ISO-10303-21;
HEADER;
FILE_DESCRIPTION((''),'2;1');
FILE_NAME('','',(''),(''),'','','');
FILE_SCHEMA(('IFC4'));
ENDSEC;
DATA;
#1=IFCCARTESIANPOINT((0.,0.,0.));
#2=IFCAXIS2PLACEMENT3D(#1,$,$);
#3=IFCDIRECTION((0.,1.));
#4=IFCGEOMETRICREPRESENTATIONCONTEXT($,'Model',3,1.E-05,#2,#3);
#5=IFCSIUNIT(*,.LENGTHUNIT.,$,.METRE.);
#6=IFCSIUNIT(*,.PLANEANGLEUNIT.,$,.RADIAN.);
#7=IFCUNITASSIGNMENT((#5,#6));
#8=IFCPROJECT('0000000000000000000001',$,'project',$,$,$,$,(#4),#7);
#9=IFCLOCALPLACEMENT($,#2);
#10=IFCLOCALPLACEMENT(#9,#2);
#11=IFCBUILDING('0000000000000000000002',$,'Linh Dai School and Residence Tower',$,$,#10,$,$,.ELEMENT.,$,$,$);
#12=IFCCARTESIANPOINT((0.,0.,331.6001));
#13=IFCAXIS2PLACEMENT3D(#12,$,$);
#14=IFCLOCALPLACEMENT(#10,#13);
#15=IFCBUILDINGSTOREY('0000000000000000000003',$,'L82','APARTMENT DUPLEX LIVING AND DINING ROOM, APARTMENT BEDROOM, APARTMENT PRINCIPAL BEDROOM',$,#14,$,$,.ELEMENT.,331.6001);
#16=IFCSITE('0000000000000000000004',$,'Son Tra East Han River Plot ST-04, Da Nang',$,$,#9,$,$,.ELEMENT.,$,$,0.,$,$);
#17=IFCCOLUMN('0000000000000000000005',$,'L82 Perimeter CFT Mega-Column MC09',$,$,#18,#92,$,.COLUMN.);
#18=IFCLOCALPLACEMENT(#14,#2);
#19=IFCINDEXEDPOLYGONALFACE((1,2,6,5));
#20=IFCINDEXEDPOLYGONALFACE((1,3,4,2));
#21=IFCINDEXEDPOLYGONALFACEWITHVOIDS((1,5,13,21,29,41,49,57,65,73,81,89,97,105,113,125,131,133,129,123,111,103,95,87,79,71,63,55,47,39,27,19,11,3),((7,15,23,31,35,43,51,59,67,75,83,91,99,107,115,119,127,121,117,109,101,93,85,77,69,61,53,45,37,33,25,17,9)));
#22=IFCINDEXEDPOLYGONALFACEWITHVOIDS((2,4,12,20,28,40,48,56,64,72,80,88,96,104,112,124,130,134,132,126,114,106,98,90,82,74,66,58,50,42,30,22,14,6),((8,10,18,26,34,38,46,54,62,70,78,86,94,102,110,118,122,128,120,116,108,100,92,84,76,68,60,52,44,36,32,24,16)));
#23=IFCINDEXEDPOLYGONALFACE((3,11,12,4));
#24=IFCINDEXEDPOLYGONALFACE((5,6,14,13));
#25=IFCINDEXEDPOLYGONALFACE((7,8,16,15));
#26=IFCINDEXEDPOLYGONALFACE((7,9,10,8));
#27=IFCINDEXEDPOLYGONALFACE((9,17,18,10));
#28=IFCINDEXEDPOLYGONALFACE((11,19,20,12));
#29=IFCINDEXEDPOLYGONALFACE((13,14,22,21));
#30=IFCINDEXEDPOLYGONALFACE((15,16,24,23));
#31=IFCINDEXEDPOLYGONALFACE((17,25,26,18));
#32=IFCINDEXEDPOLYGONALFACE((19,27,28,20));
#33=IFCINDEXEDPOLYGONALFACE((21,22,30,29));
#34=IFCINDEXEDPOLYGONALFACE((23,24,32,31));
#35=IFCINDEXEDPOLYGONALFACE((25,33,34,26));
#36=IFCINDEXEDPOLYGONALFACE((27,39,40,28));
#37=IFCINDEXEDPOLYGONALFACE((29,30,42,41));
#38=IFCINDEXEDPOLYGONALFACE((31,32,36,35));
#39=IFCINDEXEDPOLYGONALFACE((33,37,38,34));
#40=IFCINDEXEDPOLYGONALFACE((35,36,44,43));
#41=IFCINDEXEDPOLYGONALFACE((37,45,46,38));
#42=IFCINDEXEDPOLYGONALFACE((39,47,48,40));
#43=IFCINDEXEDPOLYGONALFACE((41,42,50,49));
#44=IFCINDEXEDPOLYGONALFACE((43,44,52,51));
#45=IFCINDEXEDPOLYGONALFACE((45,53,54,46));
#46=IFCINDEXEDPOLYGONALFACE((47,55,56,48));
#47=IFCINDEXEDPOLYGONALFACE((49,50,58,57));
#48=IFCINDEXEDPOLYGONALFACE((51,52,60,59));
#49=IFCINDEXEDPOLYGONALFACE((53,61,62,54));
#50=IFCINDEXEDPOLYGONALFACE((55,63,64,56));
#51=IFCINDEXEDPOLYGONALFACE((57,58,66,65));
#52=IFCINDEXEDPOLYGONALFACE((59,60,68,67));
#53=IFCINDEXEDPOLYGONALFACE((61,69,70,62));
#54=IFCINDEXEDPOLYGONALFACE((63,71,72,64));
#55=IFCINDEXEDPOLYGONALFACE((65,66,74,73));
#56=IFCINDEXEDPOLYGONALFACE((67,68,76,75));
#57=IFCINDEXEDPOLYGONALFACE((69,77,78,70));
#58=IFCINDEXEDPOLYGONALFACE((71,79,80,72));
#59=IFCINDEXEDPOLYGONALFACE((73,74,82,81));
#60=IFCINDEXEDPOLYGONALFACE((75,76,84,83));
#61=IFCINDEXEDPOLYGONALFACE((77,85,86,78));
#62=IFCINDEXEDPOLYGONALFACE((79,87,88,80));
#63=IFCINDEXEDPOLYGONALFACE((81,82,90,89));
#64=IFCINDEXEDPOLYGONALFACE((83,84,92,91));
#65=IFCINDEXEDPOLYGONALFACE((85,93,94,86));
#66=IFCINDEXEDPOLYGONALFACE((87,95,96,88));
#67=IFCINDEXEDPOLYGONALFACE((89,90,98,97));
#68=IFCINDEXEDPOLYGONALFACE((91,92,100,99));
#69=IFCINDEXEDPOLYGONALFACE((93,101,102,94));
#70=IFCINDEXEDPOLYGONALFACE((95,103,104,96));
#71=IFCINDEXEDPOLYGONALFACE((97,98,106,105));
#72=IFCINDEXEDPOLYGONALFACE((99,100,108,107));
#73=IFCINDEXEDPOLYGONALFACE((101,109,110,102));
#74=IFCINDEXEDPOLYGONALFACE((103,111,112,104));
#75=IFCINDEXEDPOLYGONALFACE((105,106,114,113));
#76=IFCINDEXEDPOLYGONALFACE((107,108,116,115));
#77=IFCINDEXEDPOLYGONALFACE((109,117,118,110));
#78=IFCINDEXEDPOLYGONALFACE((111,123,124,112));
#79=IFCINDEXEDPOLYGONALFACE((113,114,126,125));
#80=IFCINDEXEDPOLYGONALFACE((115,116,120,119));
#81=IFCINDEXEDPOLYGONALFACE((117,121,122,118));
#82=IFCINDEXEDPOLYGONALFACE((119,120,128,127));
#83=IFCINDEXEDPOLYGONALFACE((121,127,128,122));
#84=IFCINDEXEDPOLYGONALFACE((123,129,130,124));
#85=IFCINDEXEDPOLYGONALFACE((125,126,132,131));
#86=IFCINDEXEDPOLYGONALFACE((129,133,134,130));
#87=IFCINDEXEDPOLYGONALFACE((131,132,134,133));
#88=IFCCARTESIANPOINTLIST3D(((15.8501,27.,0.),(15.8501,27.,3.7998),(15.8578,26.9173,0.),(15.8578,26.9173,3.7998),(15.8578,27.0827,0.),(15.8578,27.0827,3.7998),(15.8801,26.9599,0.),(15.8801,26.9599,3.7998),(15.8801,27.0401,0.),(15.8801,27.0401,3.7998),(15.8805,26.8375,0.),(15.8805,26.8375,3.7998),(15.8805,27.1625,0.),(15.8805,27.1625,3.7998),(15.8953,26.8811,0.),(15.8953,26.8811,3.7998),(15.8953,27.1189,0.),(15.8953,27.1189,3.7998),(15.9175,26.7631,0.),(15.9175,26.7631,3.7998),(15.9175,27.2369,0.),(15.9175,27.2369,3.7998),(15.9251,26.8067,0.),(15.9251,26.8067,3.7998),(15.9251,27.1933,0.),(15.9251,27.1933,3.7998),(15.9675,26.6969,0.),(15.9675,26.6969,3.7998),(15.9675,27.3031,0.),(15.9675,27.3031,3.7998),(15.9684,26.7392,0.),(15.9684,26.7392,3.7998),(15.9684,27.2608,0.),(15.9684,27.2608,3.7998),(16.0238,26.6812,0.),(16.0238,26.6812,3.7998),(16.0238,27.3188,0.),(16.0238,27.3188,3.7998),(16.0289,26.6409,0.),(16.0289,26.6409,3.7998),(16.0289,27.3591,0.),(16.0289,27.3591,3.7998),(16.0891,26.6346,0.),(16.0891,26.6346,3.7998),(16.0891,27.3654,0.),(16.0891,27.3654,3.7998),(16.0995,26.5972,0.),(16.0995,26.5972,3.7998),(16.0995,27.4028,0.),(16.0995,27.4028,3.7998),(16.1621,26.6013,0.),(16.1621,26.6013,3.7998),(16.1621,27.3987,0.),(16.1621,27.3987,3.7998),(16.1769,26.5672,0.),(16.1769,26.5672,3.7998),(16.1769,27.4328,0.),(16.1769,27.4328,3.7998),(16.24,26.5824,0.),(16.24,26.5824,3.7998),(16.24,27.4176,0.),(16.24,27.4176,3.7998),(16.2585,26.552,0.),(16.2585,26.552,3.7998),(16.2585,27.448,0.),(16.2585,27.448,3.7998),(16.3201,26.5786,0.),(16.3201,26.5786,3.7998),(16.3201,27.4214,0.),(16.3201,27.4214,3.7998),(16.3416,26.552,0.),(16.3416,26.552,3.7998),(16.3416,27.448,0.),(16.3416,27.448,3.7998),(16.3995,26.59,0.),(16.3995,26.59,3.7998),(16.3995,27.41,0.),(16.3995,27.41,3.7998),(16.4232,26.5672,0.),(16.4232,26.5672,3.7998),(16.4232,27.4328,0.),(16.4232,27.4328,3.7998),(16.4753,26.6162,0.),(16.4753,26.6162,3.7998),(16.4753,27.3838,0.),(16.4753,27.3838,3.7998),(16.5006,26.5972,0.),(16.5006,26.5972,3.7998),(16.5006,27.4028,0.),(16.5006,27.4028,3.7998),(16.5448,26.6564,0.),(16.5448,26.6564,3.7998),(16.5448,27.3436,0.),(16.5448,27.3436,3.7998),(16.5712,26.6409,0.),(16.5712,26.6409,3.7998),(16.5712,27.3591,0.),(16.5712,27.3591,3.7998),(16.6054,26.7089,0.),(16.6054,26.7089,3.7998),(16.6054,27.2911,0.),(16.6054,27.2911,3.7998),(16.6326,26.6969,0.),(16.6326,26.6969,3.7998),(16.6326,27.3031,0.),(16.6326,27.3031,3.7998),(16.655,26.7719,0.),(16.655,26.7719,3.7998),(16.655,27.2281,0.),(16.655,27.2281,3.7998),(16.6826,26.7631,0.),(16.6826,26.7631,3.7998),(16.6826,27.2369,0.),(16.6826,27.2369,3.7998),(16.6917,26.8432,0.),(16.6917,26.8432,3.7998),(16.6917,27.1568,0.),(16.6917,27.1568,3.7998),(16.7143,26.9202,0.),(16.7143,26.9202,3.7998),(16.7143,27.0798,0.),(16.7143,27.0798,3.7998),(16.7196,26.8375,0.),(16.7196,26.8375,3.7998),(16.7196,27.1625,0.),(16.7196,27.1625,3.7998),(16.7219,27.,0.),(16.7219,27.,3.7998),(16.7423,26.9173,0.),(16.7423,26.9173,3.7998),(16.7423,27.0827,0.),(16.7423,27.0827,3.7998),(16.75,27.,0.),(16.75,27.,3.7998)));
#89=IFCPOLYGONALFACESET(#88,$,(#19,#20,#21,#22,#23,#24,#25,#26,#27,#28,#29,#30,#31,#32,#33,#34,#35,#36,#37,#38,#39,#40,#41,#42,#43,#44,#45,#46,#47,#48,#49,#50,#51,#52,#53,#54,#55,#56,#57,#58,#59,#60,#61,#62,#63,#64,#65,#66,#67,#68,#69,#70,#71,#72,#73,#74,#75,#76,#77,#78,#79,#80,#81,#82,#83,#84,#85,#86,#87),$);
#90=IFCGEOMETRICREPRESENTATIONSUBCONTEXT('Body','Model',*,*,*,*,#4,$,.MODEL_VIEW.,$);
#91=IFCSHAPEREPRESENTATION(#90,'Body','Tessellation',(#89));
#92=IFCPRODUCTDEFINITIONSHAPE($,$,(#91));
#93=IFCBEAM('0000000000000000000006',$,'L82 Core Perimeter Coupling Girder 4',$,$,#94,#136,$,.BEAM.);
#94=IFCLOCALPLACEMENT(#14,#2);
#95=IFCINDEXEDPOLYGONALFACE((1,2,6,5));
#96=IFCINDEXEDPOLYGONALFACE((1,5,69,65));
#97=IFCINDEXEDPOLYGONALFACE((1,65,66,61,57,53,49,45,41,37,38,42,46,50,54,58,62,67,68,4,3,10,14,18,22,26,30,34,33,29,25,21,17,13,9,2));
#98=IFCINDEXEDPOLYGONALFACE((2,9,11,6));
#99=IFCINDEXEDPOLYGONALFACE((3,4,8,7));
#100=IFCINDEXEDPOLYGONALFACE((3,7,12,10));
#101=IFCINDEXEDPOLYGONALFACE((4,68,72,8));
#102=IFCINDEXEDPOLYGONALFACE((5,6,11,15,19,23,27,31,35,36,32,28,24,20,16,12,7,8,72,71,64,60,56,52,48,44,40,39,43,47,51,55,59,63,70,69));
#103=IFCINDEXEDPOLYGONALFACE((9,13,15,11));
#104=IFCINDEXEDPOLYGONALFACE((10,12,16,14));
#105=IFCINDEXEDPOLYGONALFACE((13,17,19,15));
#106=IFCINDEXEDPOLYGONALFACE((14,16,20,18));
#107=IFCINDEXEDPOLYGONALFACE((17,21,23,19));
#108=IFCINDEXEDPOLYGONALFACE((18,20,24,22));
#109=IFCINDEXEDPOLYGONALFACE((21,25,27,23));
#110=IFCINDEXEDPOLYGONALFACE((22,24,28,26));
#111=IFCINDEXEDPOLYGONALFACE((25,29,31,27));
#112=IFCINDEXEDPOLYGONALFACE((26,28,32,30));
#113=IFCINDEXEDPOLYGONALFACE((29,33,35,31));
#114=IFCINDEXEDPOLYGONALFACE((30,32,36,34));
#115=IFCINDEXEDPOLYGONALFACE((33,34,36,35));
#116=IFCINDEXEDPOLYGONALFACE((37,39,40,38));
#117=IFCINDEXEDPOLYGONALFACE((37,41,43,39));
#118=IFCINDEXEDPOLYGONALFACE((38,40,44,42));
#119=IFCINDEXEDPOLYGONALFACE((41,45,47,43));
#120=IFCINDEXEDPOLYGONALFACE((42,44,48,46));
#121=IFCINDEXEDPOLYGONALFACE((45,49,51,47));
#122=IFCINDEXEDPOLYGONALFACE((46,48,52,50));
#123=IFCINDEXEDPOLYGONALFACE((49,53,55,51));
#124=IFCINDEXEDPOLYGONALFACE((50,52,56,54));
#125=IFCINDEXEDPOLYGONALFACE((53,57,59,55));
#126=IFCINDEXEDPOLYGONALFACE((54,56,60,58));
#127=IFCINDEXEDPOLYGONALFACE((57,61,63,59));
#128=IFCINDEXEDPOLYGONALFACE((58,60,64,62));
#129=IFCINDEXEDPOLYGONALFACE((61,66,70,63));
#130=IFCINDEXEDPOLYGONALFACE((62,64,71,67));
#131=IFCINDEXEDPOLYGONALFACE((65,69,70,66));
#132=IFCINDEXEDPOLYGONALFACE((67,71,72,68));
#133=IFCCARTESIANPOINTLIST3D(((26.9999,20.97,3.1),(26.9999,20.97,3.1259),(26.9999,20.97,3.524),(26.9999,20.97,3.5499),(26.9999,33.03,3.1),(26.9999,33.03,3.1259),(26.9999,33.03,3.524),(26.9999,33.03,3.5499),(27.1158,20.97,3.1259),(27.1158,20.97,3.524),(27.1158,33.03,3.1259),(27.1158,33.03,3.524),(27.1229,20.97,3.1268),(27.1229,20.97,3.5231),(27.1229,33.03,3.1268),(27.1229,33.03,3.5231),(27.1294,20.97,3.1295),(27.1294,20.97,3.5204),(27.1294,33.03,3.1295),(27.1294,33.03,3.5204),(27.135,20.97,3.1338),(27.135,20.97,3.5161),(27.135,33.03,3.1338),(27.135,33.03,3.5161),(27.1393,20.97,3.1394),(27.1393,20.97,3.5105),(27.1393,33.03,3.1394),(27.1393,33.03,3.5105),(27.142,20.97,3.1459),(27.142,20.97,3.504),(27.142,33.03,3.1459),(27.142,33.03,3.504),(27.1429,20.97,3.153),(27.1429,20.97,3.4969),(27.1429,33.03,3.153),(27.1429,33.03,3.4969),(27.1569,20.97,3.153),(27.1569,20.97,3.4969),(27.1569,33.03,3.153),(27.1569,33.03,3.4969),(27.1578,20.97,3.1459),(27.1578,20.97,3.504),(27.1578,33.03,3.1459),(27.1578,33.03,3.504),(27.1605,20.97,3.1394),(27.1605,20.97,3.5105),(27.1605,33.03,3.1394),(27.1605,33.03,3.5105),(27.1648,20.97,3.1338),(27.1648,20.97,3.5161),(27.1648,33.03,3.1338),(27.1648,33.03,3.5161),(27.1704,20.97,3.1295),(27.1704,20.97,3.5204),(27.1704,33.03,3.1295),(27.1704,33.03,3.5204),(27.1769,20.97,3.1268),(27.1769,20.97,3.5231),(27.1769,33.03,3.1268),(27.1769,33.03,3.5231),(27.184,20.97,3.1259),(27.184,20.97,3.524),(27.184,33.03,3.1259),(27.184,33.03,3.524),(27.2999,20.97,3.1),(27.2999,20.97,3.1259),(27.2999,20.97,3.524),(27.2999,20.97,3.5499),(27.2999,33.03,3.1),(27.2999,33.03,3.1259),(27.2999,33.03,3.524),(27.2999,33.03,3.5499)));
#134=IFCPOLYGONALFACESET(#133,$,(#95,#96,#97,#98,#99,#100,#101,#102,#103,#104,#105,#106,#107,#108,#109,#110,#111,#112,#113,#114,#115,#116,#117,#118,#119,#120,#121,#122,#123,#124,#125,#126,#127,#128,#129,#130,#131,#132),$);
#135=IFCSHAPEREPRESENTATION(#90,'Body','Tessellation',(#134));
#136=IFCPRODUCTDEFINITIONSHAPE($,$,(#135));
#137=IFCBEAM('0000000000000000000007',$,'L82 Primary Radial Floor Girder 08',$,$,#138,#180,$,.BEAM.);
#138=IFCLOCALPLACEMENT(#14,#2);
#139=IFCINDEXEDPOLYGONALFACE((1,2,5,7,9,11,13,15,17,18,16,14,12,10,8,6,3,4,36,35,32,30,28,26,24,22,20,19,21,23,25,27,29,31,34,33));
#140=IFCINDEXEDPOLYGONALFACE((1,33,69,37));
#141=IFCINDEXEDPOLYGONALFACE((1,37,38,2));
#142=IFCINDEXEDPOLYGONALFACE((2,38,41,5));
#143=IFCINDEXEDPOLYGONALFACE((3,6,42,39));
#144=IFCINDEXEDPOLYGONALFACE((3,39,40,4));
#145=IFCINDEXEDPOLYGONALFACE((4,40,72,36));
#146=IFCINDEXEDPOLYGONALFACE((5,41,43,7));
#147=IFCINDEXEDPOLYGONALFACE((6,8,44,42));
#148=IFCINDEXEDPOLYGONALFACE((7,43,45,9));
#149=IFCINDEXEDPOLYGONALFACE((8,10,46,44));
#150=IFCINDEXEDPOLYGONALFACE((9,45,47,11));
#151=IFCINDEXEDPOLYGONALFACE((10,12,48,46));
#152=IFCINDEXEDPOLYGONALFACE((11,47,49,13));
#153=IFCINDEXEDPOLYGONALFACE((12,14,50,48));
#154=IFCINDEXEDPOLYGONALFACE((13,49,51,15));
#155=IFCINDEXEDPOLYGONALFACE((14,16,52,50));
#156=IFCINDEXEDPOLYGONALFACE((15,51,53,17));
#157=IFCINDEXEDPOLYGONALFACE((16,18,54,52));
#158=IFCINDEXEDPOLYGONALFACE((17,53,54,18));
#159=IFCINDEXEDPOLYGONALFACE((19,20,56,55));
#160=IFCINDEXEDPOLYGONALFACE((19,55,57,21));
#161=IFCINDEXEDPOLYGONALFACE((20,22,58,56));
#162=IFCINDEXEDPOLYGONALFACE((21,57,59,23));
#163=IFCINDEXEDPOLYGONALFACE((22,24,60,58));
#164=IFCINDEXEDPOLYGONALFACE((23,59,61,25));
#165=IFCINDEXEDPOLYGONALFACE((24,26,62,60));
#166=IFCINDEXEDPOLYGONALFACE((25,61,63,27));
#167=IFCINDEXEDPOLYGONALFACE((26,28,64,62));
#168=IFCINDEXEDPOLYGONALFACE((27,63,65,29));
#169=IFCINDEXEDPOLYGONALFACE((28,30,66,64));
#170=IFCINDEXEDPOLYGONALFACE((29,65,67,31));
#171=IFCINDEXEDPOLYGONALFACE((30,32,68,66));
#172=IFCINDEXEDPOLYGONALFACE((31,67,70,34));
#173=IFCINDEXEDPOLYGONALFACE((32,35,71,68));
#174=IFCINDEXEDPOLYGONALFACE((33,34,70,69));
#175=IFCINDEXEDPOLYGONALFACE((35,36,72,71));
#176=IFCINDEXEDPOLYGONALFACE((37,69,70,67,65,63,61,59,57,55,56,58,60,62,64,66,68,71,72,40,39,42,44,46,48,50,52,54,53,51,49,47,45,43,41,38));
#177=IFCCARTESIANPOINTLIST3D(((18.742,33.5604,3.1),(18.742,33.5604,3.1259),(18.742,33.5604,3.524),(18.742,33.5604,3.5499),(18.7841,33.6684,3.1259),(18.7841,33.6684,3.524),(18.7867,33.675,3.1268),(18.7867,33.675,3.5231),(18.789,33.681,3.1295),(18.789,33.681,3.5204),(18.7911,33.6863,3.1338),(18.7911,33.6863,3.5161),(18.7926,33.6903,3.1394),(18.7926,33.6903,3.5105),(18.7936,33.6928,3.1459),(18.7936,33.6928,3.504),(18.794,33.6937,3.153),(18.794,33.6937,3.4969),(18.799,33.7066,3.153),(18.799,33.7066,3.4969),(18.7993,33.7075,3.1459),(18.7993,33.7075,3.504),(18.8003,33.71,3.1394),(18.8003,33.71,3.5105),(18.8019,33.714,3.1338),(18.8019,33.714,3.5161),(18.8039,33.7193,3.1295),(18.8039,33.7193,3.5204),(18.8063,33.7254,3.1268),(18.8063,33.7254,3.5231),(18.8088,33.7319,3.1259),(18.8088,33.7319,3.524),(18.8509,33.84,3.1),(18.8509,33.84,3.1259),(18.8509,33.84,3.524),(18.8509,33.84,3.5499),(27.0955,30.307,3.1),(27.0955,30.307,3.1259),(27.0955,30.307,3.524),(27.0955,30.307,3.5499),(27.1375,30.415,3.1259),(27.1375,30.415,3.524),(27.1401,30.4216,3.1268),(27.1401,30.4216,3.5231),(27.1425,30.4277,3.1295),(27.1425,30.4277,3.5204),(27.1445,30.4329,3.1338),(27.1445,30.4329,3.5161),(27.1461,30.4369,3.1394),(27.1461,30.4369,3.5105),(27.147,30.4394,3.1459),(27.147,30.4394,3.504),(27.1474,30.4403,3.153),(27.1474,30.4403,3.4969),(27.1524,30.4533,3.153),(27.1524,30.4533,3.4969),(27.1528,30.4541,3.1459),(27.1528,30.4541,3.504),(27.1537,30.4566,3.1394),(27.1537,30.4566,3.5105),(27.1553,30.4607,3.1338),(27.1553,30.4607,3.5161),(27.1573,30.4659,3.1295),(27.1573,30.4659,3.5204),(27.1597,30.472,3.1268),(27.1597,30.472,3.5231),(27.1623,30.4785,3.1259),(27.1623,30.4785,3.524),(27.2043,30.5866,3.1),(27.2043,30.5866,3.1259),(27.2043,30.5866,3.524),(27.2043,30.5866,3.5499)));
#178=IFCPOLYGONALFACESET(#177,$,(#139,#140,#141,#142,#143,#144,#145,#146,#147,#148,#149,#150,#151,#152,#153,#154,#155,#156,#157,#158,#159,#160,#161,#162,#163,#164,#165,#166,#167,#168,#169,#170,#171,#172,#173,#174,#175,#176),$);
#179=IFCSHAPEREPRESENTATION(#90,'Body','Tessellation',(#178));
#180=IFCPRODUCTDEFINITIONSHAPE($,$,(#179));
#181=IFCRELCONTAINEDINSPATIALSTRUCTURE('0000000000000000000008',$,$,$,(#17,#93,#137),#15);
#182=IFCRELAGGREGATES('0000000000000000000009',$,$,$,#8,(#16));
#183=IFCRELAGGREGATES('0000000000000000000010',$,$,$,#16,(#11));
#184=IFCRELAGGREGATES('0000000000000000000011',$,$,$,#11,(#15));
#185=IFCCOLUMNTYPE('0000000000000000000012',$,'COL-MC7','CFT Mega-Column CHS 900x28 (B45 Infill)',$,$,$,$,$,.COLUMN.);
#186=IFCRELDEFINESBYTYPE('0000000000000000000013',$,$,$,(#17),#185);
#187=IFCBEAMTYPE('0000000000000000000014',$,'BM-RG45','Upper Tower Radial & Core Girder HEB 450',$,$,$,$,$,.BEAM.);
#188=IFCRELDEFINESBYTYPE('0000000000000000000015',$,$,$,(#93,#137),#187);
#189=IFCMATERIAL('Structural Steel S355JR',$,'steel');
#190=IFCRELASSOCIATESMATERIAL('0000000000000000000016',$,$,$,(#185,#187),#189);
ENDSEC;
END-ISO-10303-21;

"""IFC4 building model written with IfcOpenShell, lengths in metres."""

from ifc_helpers import new_model, si_unit, direction, frame, origin, origin_2d, place, context, subcontext, project, spatial, hollow_circle, i_section, extrude, material, material_profile, profile_set, type_object, element, save


model = new_model("IFC4")

# Units and contexts
model_context = context("Model", 3, precision=1e-05, world=origin(), true_north=direction((0.0, 1.0)))
body_context = subcontext(model_context, "Body", "Model", "MODEL_VIEW")
ifc_project = project(units=[si_unit("LENGTHUNIT", "METRE"), si_unit("PLANEANGLEUNIT", "RADIAN")], contexts=[model_context])

# Site, building, storey
site_placement = place(None, origin())
site = spatial("IfcSite", under=ifc_project, at=site_placement, Name="Son Tra East Han River Plot ST-04, Da Nang", CompositionType="ELEMENT", RefElevation=0.0)
building_placement = place(site_placement, origin())
building = spatial("IfcBuilding", under=site, at=building_placement, Name="Linh Dai School and Residence Tower", CompositionType="ELEMENT")
storey_placement = place(building_placement, frame((0.0, 0.0, 331.6001)))
storey = spatial("IfcBuildingStorey", under=building, at=storey_placement, Name="L82", Description="APARTMENT DUPLEX LIVING AND DINING ROOM, APARTMENT BEDROOM, APARTMENT PRINCIPAL BEDROOM", CompositionType="ELEMENT", Elevation=331.6001)

# Column
ifc_material_1 = material(Name="Structural Steel S355JR", Category="steel")
ifc_material_profile_1 = material_profile(ifc_material_1, hollow_circle(Radius=0.45, WallThickness=0.0281, at=origin_2d()), Name="CHS 900x28")
ifc_profile_set_1 = profile_set([ifc_material_profile_1], Name="Structural Steel S355JR")
column_type = type_object("IfcColumnType", Name="COL-MC7", Description="CFT Mega-Column CHS 900x28 (B45 Infill)", PredefinedType="COLUMN", material=ifc_profile_set_1)
column_placement = place(storey_placement, frame((16.3, 27.0, 0.0), z_axis=(0.0, 0.0, 1.0), x_axis=(1.0, 0.0, 0.0)))
element("IfcColumn", 1, at=column_placement, inside=storey, type_object=column_type, Name="L82 Perimeter CFT Mega-Column MC09", PredefinedType="COLUMN", context=body_context, shape_type="SweptSolid", body=[
    extrude(hollow_circle(Radius=0.45, WallThickness=0.0281, at=origin_2d()), origin(), (0.0, 0.0, 1.0), 3.7998),
])

# Beams
ifc_material_profile_2 = material_profile(ifc_material_1, i_section(OverallWidth=0.3, OverallDepth=0.45, WebThickness=0.0139, FlangeThickness=0.0259, FilletRadius=0.0271, at=origin_2d()), Name="HEB 450")
ifc_profile_set_2 = profile_set([ifc_material_profile_2], Name="Structural Steel S355JR")
beam_type = type_object("IfcBeamType", Name="BM-RG45", Description="Upper Tower Radial & Core Girder HEB 450", PredefinedType="BEAM", material=ifc_profile_set_2)
beam_1_placement = place(storey_placement, frame((27.1499, 33.03, 3.325), z_axis=(0.0, -1.0, 0.0), x_axis=(1.0, 0.0, 0.0)))
element("IfcBeam", 2, at=beam_1_placement, inside=storey, type_object=beam_type, Name="L82 Core Perimeter Coupling Girder 4", PredefinedType="BEAM", context=body_context, shape_type="SweptSolid", body=[
    extrude(i_section(OverallWidth=0.3, OverallDepth=0.45, WebThickness=0.0139, FlangeThickness=0.0259, FilletRadius=0.0271, at=origin_2d()), origin(), (0.0, 0.0, 1.0), 12.0601),
])
beam_2_placement = place(storey_placement, frame((27.1499, 30.4468, 3.325), z_axis=(-0.931823, 0.362914, 0.0), x_axis=(-0.362914, -0.931823, 0.0)))
element("IfcBeam", 3, at=beam_2_placement, inside=storey, type_object=beam_type, Name="L82 Primary Radial Floor Girder 08", PredefinedType="BEAM", context=body_context, shape_type="SweptSolid", body=[
    extrude(i_section(OverallWidth=0.3, OverallDepth=0.45, WebThickness=0.0139, FlangeThickness=0.0259, FilletRadius=0.0271, at=origin_2d()), origin(), (0.0, 0.0, 1.0), 8.9646),
])

save(model, "model.ifc")
